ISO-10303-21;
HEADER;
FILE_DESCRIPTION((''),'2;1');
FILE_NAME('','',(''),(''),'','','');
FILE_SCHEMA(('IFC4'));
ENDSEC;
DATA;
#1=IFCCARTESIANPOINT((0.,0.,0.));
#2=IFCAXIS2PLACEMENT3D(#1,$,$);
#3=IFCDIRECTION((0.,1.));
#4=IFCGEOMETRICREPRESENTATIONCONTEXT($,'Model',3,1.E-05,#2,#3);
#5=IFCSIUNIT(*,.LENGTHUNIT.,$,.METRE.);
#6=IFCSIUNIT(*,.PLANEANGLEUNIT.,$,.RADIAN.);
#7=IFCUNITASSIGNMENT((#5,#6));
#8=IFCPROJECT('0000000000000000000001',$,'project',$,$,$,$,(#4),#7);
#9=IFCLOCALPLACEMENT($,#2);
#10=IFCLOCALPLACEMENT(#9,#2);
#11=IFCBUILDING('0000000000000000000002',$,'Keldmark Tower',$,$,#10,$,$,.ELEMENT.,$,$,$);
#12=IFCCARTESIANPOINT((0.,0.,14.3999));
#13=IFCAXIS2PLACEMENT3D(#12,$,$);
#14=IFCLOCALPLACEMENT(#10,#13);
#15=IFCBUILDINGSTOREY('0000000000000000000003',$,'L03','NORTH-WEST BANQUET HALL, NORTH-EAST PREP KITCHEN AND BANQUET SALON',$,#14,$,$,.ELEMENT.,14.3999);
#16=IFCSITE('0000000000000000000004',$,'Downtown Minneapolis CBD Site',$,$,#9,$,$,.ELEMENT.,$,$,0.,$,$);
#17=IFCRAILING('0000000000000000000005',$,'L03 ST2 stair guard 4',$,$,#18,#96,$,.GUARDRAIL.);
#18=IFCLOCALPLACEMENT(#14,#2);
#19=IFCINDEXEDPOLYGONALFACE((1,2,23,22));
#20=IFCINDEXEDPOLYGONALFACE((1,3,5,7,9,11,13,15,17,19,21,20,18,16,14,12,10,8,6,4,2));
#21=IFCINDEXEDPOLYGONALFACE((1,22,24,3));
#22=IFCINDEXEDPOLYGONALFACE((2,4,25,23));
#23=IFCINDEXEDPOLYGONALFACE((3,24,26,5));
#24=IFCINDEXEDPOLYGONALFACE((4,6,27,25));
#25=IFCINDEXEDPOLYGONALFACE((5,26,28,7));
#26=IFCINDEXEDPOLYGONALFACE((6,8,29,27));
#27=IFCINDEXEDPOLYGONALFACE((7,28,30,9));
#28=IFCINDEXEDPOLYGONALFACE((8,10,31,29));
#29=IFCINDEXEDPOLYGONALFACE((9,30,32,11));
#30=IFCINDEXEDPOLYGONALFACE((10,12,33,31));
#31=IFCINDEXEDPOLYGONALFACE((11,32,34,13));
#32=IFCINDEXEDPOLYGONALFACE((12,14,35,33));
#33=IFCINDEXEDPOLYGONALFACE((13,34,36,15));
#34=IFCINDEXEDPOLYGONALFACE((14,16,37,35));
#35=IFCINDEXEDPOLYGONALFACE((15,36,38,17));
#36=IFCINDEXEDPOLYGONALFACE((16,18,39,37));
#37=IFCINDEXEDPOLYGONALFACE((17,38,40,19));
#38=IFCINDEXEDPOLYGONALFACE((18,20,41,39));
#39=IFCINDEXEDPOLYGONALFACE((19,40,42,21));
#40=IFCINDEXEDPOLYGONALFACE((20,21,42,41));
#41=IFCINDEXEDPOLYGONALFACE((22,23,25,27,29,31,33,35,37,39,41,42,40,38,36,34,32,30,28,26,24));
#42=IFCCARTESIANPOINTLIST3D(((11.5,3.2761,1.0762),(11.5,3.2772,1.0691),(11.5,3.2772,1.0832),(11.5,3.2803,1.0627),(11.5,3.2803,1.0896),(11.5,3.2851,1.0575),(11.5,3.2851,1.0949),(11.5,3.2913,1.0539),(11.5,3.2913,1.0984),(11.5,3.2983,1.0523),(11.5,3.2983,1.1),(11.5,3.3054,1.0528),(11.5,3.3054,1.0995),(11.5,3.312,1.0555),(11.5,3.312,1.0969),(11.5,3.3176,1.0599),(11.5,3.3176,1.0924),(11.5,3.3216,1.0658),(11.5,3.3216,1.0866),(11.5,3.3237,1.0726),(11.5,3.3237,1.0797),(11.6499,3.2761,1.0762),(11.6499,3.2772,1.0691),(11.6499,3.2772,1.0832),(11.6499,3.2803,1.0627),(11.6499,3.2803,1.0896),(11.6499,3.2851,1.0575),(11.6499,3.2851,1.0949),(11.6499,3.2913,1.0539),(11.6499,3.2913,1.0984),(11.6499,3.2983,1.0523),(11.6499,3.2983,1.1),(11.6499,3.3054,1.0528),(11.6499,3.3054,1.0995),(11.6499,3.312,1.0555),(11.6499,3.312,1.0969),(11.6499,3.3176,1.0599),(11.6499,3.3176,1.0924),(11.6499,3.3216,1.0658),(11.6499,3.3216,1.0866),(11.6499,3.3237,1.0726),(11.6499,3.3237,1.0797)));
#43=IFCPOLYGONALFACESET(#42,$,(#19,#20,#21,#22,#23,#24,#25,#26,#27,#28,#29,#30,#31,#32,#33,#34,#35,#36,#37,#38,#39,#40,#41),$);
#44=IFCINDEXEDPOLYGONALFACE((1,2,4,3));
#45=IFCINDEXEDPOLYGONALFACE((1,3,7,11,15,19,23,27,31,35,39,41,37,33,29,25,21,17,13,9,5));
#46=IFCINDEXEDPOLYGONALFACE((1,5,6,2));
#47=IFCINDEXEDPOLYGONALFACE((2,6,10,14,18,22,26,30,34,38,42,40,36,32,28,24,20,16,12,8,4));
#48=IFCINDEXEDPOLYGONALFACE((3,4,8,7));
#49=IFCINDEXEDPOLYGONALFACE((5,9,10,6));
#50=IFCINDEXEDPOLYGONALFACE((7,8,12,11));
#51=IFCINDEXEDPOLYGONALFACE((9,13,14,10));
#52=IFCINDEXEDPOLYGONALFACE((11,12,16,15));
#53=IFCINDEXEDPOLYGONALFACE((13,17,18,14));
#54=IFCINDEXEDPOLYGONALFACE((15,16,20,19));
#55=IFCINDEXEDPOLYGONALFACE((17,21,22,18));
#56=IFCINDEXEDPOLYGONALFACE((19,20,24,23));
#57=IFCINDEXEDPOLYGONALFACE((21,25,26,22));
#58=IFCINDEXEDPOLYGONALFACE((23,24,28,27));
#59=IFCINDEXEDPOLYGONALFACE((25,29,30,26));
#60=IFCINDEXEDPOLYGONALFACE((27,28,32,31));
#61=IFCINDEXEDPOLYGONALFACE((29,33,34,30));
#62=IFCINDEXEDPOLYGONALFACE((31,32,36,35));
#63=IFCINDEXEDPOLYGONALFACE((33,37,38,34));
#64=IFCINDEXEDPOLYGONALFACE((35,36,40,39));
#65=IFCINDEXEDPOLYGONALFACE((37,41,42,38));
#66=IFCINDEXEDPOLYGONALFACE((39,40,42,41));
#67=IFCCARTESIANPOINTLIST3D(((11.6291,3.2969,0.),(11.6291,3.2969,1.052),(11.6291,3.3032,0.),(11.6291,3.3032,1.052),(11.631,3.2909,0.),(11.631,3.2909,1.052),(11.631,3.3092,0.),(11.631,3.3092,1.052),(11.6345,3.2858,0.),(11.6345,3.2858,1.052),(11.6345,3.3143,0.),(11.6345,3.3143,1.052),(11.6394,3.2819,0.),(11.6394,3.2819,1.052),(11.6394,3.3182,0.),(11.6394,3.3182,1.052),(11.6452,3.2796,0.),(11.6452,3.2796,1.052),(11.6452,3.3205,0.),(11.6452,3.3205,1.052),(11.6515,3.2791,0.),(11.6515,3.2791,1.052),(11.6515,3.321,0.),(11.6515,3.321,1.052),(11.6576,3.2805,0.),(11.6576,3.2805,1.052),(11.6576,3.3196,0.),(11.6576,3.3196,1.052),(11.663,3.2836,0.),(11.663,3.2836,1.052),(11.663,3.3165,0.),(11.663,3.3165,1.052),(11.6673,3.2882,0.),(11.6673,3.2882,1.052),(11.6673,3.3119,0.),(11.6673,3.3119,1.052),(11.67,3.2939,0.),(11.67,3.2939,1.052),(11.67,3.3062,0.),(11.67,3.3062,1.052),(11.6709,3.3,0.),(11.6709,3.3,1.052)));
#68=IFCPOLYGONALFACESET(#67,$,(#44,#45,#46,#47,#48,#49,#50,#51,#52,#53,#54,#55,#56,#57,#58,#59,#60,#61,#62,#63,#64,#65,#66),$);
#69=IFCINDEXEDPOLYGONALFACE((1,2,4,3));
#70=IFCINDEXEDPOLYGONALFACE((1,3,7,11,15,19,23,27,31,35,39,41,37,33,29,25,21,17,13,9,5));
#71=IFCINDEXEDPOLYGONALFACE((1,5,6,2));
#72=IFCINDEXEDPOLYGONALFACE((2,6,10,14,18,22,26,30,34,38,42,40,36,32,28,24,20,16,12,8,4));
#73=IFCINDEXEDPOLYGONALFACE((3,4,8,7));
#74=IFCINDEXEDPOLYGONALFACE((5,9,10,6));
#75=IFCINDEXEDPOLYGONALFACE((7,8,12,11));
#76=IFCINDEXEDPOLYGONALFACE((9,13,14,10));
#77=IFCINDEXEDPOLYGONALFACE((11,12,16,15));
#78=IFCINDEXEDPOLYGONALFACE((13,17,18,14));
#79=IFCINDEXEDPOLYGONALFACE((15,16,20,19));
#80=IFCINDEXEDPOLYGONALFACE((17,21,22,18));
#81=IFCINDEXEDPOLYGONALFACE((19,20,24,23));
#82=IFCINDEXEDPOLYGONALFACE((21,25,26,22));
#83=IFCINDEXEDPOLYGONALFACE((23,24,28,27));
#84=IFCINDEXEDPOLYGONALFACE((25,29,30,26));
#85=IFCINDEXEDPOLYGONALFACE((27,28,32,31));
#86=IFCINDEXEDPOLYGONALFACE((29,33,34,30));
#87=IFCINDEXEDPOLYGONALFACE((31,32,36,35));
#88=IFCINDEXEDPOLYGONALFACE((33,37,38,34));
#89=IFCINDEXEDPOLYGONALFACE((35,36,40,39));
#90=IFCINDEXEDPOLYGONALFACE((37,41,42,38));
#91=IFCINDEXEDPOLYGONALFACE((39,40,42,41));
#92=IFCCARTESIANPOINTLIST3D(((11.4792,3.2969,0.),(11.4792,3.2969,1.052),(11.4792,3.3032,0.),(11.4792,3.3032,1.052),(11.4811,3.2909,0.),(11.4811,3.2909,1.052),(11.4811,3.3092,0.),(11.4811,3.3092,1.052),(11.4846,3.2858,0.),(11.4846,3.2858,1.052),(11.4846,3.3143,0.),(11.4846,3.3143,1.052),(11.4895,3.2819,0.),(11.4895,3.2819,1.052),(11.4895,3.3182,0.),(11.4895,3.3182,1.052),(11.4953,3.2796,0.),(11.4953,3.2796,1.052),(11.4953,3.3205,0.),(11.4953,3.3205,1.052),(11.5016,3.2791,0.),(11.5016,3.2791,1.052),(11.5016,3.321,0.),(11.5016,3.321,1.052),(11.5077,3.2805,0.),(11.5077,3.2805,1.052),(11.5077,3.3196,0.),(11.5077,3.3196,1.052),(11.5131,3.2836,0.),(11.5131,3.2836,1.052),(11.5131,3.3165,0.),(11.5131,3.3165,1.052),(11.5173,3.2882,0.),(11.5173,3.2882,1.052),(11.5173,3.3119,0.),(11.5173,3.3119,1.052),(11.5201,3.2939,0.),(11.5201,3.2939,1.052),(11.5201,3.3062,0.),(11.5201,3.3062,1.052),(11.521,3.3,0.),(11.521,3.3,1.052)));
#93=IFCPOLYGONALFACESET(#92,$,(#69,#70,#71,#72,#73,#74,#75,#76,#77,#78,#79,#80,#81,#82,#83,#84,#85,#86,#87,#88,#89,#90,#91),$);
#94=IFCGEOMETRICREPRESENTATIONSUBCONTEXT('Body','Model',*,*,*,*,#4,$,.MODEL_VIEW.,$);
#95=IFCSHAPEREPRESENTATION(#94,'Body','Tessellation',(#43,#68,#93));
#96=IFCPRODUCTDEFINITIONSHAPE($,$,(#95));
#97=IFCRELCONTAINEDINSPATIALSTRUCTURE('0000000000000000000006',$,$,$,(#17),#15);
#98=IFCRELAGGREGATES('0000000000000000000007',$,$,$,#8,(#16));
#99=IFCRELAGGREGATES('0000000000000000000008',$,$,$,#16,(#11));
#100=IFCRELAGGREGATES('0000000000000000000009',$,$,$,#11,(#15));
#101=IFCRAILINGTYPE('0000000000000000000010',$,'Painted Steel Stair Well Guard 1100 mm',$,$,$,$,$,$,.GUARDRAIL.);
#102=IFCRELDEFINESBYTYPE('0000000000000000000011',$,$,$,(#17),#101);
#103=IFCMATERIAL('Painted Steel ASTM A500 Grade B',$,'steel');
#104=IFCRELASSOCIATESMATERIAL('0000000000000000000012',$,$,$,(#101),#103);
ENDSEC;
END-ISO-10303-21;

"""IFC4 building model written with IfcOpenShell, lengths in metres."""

from ifc_helpers import new_model, si_unit, direction, frame, origin, origin_2d, place, context, subcontext, project, spatial, circle, extrude, material, type_object, element, save


model = new_model("IFC4")

# Units and contexts
model_context = context("Model", 3, precision=1e-05, world=origin(), true_north=direction((0.0, 1.0)))
body_context = subcontext(model_context, "Body", "Model", "MODEL_VIEW")
ifc_project = project(units=[si_unit("LENGTHUNIT", "METRE"), si_unit("PLANEANGLEUNIT", "RADIAN")], contexts=[model_context])

# Site, building, storey
site_placement = place(None, origin())
site = spatial("IfcSite", under=ifc_project, at=site_placement, Name="Downtown Minneapolis CBD Site", CompositionType="ELEMENT", RefElevation=0.0)
building_placement = place(site_placement, origin())
building = spatial("IfcBuilding", under=site, at=building_placement, Name="Keldmark Tower", CompositionType="ELEMENT")
storey_placement = place(building_placement, frame((0.0, 0.0, 14.3999)))
storey = spatial("IfcBuildingStorey", under=building, at=storey_placement, Name="L03", Description="NORTH-WEST BANQUET HALL, NORTH-EAST PREP KITCHEN AND BANQUET SALON", CompositionType="ELEMENT", Elevation=14.3999)

# Railing
ifc_material_1 = material(Name="Painted Steel ASTM A500 Grade B", Category="steel")
railing_type_1 = type_object("IfcRailingType", Name="Painted Steel Stair Well Guard 1100 mm", PredefinedType="GUARDRAIL", material=ifc_material_1)
railing_1_placement = place(storey_placement, frame((11.6499, 3.3, 0.0)))
element("IfcRailing", 1, at=railing_1_placement, inside=storey, type_object=railing_type_1, Name="L03 ST2 stair guard 4", PredefinedType="GUARDRAIL", context=body_context, shape_type="SweptSolid", body=[
    extrude(circle(Radius=0.0239, at=origin_2d()), frame((0.0, 0.0, 1.0762), z_axis=(-1.0, 0.0, 0.0), x_axis=(0.0, -1.0, 0.0)), (0.0, 0.0, 1.0), 0.1499),
    extrude(circle(Radius=0.021, at=origin_2d()), origin(), (0.0, 0.0, 1.0), 1.052),
    extrude(circle(Radius=0.021, at=origin_2d()), frame((-0.1499, 0.0, 0.0)), (0.0, 0.0, 1.0), 1.052),
])

save(model, "model.ifc")
